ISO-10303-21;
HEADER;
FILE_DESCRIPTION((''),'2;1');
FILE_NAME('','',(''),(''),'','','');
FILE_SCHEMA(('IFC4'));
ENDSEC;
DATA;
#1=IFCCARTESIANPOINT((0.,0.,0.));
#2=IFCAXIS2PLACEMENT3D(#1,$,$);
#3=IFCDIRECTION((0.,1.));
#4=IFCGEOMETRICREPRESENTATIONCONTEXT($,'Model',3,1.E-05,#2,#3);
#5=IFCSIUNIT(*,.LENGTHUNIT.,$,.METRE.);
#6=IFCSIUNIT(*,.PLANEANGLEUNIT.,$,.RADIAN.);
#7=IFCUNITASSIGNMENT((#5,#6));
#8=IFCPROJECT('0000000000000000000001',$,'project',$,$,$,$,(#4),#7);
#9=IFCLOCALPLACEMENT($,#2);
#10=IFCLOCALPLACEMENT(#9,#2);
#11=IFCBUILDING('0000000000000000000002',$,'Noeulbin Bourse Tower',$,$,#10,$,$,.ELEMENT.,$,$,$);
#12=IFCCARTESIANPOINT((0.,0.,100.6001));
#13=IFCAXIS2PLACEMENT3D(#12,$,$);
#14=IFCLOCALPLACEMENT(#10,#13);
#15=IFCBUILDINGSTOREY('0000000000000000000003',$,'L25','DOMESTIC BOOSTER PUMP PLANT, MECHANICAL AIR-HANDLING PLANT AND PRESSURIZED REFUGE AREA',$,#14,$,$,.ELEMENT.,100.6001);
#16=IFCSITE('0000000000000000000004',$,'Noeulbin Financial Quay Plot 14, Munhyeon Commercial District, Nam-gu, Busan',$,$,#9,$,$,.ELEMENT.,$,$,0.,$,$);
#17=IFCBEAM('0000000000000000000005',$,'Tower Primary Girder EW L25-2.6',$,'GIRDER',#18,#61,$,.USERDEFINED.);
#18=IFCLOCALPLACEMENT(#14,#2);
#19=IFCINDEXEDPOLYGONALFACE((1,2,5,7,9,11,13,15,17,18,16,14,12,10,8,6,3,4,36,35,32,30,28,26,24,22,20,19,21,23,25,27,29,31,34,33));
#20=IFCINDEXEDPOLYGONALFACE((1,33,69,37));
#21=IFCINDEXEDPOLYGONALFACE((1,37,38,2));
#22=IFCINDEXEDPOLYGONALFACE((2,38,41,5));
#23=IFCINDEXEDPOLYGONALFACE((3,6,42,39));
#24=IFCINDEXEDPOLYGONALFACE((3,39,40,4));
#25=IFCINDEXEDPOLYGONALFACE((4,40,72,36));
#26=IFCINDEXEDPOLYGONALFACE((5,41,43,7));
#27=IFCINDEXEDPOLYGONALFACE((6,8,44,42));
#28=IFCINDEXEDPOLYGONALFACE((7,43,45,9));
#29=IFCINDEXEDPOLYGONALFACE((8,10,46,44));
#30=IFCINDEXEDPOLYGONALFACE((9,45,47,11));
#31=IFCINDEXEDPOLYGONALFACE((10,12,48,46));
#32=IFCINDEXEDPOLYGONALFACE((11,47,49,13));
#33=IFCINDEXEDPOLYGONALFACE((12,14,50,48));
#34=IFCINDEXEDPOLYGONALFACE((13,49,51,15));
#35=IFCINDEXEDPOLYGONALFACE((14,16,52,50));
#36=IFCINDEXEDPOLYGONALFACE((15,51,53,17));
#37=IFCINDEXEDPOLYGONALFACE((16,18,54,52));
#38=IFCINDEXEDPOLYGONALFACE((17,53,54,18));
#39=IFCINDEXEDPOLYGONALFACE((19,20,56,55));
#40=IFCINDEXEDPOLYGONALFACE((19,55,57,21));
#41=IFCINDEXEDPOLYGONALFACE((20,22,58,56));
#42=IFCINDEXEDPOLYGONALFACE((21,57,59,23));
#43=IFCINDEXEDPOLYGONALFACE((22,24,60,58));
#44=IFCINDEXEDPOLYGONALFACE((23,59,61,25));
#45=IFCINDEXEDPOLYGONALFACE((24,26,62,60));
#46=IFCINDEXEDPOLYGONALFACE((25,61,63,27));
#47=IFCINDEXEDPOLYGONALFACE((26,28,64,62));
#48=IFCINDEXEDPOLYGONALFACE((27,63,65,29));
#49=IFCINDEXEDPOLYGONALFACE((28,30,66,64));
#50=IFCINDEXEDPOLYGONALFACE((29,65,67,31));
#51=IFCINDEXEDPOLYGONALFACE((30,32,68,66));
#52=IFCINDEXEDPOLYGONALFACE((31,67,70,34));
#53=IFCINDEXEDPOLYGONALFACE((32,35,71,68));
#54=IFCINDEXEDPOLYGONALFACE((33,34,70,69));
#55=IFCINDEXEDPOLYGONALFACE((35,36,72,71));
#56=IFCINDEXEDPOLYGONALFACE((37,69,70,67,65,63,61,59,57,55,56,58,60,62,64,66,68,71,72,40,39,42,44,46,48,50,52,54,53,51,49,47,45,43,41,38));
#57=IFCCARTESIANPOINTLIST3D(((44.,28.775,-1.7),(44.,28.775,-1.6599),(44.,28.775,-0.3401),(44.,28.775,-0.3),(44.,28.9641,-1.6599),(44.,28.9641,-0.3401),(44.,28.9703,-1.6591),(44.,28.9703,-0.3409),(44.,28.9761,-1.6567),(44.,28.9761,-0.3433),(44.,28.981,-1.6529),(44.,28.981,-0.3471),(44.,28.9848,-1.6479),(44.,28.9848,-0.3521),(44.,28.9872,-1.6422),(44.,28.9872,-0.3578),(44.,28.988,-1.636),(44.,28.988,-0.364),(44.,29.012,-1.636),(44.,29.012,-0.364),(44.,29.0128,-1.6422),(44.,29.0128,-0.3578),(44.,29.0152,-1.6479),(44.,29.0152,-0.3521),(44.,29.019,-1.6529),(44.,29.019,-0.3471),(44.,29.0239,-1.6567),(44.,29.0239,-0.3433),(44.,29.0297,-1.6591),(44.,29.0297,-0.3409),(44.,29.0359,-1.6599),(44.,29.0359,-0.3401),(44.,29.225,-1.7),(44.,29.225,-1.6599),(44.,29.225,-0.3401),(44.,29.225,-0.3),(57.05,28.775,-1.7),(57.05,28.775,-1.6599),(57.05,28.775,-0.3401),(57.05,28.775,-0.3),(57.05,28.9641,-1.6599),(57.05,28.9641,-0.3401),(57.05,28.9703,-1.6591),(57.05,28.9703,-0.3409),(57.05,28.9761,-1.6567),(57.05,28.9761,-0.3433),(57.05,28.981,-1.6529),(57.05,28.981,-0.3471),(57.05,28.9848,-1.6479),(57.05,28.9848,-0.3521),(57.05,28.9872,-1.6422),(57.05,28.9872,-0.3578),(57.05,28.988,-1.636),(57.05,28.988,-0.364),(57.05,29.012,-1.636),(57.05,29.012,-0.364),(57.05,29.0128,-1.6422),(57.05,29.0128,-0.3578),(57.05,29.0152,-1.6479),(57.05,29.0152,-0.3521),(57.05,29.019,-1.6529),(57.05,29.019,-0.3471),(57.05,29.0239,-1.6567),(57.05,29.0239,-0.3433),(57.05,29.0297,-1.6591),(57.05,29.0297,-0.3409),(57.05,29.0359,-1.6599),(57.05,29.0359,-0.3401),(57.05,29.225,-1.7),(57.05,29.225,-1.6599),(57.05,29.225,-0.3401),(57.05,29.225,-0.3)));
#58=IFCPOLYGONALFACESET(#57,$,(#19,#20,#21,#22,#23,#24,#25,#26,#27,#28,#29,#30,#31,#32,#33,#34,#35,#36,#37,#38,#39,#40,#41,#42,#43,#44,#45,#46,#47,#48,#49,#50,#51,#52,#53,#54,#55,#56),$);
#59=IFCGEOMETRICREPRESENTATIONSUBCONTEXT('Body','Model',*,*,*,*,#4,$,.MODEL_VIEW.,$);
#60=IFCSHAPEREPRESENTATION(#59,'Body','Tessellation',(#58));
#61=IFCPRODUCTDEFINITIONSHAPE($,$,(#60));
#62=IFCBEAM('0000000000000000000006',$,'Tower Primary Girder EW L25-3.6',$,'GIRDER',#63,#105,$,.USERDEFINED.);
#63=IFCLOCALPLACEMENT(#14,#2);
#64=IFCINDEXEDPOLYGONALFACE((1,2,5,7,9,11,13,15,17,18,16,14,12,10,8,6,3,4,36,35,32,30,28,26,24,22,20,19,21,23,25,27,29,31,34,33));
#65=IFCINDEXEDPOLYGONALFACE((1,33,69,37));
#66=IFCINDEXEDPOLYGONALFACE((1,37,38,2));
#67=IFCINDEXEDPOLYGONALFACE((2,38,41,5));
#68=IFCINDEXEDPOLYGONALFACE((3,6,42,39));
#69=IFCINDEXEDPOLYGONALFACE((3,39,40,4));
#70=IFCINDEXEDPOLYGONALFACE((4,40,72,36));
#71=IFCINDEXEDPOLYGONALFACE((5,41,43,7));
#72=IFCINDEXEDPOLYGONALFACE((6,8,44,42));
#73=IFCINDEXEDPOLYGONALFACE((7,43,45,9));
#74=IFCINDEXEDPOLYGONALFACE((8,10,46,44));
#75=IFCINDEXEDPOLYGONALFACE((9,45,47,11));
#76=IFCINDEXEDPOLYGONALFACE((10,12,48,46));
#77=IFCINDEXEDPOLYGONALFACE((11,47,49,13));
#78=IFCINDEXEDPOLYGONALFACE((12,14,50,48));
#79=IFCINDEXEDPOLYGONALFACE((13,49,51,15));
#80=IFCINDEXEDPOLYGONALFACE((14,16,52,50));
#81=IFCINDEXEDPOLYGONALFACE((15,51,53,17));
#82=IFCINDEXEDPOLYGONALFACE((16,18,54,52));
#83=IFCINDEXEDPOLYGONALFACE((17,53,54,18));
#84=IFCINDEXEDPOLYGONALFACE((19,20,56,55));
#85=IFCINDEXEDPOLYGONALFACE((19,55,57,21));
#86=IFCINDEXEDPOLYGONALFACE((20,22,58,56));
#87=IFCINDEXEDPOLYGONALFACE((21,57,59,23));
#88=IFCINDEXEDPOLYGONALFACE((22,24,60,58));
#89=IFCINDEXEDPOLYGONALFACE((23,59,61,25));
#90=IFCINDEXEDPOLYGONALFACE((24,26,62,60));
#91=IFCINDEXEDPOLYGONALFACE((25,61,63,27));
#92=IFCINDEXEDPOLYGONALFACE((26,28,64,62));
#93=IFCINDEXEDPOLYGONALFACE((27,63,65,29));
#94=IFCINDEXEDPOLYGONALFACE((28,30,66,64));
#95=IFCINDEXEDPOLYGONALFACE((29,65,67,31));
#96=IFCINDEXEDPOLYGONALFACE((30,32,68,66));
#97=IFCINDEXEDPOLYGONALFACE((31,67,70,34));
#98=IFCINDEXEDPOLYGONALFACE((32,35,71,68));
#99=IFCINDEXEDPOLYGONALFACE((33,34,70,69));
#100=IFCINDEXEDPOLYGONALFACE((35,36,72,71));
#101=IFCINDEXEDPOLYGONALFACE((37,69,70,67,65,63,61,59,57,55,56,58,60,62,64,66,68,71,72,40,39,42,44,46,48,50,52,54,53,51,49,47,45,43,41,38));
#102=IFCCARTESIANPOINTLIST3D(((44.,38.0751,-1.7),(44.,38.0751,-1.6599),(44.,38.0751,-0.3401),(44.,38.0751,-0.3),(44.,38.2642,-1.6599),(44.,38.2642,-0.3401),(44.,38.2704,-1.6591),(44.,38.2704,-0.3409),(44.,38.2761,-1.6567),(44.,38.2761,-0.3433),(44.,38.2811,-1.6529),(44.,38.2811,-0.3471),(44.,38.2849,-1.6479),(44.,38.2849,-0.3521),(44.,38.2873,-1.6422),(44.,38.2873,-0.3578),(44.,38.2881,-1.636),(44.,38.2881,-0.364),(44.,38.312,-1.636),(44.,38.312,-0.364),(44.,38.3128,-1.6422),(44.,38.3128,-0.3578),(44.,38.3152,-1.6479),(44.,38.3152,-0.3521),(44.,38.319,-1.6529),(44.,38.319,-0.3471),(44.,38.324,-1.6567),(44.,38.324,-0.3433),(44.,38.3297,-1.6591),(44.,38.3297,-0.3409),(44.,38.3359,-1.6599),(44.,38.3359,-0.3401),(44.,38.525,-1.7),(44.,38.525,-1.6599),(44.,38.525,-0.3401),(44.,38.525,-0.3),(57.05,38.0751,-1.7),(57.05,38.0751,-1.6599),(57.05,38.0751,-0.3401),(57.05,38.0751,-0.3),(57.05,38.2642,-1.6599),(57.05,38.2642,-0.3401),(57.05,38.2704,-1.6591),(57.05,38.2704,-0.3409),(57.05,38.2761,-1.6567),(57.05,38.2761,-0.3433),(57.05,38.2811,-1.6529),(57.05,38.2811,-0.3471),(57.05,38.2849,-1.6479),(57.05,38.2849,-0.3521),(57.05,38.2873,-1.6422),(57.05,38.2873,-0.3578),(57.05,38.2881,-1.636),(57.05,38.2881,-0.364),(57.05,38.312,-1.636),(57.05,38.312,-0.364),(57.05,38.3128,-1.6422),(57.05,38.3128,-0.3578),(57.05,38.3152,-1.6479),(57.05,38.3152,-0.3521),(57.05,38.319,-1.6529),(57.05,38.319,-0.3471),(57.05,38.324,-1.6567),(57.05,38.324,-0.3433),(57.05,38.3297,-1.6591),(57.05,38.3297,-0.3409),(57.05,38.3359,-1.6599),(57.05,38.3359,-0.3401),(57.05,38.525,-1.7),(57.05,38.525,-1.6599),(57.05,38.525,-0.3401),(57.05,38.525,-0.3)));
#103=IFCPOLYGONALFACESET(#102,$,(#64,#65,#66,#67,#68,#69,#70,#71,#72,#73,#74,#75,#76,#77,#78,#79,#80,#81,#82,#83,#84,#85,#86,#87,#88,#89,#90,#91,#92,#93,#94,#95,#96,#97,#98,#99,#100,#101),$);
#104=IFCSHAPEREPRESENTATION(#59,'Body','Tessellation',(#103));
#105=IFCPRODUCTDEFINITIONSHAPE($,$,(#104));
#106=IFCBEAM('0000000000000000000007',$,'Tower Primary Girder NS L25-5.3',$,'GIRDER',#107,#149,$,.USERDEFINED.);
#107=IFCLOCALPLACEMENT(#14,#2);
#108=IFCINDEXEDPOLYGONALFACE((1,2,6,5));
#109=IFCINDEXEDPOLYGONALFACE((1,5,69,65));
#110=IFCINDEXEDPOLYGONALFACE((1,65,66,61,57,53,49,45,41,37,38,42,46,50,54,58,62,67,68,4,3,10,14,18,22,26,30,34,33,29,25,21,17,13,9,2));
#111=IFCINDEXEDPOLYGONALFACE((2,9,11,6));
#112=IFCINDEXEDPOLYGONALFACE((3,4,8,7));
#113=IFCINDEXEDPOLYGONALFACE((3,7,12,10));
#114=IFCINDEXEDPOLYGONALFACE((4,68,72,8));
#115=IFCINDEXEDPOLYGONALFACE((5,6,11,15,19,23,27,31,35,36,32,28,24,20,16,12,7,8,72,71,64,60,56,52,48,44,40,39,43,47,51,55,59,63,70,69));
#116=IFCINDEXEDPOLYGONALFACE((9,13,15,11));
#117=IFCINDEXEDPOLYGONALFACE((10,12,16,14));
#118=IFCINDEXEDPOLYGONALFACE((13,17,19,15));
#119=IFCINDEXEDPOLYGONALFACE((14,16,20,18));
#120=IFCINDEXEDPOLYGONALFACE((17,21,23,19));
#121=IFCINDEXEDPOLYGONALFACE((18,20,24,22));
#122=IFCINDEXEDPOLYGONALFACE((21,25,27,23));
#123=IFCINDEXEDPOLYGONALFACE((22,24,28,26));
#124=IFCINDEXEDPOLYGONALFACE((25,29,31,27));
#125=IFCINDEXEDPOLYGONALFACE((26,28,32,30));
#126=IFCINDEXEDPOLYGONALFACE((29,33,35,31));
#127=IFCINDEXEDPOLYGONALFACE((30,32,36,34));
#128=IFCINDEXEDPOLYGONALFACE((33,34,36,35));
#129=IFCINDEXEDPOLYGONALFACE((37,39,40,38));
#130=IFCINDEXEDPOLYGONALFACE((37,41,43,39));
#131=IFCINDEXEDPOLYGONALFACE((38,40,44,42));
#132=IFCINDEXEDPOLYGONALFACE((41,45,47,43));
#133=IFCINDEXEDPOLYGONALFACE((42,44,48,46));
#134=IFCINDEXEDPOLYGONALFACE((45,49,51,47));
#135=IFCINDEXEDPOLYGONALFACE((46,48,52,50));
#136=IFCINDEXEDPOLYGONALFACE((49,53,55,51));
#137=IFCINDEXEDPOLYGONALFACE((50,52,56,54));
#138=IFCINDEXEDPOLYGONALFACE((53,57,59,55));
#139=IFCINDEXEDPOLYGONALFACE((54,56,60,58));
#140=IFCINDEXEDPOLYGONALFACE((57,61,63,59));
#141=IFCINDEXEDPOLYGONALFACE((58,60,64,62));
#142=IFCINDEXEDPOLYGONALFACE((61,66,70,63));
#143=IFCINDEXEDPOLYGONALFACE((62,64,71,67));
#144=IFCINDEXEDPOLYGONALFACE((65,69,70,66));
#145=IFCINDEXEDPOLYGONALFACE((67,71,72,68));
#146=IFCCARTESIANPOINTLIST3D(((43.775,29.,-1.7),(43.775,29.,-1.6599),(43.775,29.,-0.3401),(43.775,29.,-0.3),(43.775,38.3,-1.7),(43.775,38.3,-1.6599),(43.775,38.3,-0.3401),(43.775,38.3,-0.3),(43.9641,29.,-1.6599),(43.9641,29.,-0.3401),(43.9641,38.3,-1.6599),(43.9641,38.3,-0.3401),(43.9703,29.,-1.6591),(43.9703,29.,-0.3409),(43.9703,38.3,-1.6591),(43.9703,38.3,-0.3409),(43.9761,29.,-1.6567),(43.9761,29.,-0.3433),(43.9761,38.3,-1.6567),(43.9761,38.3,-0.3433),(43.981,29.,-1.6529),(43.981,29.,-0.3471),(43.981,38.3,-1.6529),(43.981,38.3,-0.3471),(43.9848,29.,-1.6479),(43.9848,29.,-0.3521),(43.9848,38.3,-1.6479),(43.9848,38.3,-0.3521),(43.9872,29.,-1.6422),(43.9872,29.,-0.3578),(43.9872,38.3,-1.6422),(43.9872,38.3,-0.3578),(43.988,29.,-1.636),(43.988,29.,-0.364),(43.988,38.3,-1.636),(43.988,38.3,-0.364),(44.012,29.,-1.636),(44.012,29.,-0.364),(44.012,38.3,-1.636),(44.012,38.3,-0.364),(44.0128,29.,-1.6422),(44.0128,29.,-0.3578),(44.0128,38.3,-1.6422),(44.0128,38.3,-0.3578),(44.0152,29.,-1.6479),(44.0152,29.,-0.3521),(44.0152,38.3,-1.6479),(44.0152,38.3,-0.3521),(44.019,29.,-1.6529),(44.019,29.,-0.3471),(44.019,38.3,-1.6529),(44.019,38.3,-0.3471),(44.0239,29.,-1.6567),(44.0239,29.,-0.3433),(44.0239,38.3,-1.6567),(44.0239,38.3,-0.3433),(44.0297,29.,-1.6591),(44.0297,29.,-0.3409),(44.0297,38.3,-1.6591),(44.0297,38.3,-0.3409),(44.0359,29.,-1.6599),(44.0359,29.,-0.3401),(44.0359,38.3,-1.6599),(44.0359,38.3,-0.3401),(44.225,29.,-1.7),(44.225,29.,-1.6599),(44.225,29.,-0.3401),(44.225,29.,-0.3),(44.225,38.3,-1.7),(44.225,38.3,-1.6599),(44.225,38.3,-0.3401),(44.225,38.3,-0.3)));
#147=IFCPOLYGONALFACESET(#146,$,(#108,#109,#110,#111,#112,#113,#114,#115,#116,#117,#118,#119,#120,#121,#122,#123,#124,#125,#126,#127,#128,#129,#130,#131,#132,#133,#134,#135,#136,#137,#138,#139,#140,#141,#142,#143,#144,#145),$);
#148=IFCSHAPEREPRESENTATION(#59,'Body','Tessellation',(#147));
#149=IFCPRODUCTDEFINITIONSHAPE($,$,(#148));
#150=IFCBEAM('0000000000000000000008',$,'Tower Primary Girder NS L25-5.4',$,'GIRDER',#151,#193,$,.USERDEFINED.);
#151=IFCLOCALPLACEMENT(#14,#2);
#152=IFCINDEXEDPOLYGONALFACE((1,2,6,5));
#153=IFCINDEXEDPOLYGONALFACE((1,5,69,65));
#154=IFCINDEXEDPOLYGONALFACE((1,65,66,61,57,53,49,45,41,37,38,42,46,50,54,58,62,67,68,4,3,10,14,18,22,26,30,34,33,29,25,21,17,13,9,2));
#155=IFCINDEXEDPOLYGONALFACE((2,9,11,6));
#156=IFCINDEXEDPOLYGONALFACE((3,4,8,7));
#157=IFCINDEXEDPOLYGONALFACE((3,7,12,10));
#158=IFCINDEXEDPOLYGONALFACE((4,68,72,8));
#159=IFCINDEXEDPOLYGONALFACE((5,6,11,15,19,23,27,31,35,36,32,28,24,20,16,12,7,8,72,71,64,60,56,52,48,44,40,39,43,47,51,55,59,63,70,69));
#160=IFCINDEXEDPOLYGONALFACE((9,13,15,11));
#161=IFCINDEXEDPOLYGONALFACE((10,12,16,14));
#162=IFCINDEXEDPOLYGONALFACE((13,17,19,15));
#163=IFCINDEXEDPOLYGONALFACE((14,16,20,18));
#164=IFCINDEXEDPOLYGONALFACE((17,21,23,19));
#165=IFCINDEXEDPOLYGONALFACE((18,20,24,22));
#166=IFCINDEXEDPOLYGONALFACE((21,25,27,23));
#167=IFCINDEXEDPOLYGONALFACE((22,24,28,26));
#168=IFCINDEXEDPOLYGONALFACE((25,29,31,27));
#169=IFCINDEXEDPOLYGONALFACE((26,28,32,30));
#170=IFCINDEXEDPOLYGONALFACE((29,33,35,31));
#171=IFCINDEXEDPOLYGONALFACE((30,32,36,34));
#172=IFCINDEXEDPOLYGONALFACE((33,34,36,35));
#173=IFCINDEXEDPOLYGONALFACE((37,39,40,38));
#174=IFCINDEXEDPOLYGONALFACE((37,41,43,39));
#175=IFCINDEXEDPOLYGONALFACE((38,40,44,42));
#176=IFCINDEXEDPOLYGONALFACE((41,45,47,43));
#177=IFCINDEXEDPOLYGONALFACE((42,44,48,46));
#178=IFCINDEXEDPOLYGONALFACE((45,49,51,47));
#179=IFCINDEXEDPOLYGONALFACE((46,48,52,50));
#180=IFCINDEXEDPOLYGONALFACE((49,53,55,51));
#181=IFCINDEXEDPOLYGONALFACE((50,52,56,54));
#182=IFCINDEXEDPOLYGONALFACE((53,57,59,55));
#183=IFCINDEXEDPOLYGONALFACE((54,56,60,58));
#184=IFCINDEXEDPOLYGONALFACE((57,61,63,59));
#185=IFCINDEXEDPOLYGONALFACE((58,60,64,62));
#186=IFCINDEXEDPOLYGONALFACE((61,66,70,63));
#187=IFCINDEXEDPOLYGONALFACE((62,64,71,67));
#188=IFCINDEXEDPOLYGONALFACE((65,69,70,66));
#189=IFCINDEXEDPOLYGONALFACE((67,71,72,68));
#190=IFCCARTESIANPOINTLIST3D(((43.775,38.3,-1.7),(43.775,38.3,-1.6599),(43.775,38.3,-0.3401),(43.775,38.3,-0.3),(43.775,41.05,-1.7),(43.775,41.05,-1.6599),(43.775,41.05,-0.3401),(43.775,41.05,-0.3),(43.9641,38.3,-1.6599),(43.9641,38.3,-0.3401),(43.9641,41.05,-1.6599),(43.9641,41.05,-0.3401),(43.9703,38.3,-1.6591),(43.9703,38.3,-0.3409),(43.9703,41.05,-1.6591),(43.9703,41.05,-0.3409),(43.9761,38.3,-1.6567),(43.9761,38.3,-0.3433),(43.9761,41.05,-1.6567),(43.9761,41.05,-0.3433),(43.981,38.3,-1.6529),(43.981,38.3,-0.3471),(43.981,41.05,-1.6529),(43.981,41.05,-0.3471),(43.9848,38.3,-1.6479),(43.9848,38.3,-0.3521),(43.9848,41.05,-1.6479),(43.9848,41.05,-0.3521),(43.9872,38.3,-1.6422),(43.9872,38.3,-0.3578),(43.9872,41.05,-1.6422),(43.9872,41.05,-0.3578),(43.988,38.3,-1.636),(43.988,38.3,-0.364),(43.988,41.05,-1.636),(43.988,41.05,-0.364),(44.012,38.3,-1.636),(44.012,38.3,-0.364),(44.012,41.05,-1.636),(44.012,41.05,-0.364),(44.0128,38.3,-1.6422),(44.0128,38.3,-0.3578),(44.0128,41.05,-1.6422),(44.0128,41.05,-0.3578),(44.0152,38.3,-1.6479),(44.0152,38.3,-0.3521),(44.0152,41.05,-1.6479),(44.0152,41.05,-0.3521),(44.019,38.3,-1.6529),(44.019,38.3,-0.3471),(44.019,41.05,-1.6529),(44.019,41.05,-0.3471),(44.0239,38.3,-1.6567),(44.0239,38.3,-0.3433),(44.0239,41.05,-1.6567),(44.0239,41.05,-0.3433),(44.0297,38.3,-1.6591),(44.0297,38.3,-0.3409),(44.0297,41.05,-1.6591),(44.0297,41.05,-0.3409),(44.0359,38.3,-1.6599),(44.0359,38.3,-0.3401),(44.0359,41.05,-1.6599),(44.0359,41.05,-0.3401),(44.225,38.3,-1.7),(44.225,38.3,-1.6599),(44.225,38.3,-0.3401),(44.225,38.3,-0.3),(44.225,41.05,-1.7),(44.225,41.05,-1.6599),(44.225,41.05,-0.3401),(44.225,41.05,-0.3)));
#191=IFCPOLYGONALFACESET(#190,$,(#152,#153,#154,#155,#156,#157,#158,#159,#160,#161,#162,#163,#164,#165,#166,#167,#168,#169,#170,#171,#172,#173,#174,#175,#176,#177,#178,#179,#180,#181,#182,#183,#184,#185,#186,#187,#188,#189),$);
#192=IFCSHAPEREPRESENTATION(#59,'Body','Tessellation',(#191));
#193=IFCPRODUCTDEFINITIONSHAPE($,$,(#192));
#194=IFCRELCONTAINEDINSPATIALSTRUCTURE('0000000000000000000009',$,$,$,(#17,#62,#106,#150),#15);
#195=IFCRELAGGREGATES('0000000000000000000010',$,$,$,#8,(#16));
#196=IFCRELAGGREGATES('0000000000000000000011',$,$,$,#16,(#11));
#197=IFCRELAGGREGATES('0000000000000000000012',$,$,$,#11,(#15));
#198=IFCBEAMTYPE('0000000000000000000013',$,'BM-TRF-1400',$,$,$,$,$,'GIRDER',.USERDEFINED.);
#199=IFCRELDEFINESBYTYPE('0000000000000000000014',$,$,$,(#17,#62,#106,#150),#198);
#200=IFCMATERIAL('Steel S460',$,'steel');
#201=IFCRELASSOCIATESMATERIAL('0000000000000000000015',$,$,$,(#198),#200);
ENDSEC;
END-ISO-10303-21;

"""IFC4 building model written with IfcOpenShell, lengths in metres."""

from ifc_helpers import new_model, si_unit, direction, frame, origin, origin_2d, place, context, subcontext, project, spatial, i_section, extrude, material, material_profile, profile_set, type_object, element, save


model = new_model("IFC4")

# Units and contexts
model_context = context("Model", 3, precision=1e-05, world=origin(), true_north=direction((0.0, 1.0)))
body_context = subcontext(model_context, "Body", "Model", "MODEL_VIEW")
ifc_project = project(units=[si_unit("LENGTHUNIT", "METRE"), si_unit("PLANEANGLEUNIT", "RADIAN")], contexts=[model_context])

# Site, building, storey
site_placement = place(None, origin())
site = spatial("IfcSite", under=ifc_project, at=site_placement, Name="Noeulbin Financial Quay Plot 14, Munhyeon Commercial District, Nam-gu, Busan", CompositionType="ELEMENT", RefElevation=0.0)
building_placement = place(site_placement, origin())
building = spatial("IfcBuilding", under=site, at=building_placement, Name="Noeulbin Bourse Tower", CompositionType="ELEMENT")
storey_placement = place(building_placement, frame((0.0, 0.0, 100.6001)))
storey = spatial("IfcBuildingStorey", under=building, at=storey_placement, Name="L25", Description="DOMESTIC BOOSTER PUMP PLANT, MECHANICAL AIR-HANDLING PLANT AND PRESSURIZED REFUGE AREA", CompositionType="ELEMENT", Elevation=100.6001)

# Shared definitions
ifc_material_1 = material(Name="Steel S460", Category="steel")

# Beams
ifc_material_profile_1 = material_profile(ifc_material_1, i_section(OverallWidth=0.45, OverallDepth=1.3999, WebThickness=0.0239, FlangeThickness=0.04, FilletRadius=0.0239, at=origin_2d()), Name="PG-1400x450x24x40", Category="LoadBearing")
ifc_profile_set_1 = profile_set([ifc_material_profile_1], Name="Steel S460")
beam_type_1 = type_object("IfcBeamType", Name="BM-TRF-1400", ElementType="GIRDER", PredefinedType="USERDEFINED", material=ifc_profile_set_1)
for number, where, z_axis, x_axis, name in (
    (1, (44.0, 29.0, -1.0), (1.0, 0.0, 0.0), (0.0, 1.0, 0.0), "Tower Primary Girder EW L25-2.6"),
    (2, (44.0, 38.3, -1.0), (1.0, 0.0, 0.0), (0.0, 1.0, 0.0), "Tower Primary Girder EW L25-3.6"),
):
    element("IfcBeam", number, at=place(storey_placement, frame(where, z_axis=z_axis, x_axis=x_axis)), inside=storey, type_object=beam_type_1, Name=name, ObjectType="GIRDER", PredefinedType="USERDEFINED", context=body_context, shape_type="SweptSolid", body=[
        extrude(i_section(OverallWidth=0.45, OverallDepth=1.3999, WebThickness=0.0239, FlangeThickness=0.04, FilletRadius=0.0239, at=origin_2d()), origin(), (0.0, 0.0, 1.0), 13.05),
    ])
beam_1_placement = place(storey_placement, frame((44.0, 29.0, -1.0), z_axis=(0.0, 1.0, 0.0), x_axis=(-1.0, 0.0, 0.0)))
element("IfcBeam", 3, at=beam_1_placement, inside=storey, type_object=beam_type_1, Name="Tower Primary Girder NS L25-5.3", ObjectType="GIRDER", PredefinedType="USERDEFINED", context=body_context, shape_type="SweptSolid", body=[
    extrude(i_section(OverallWidth=0.45, OverallDepth=1.3999, WebThickness=0.0239, FlangeThickness=0.04, FilletRadius=0.0239, at=origin_2d()), origin(), (0.0, 0.0, 1.0), 9.3),
])
beam_2_placement = place(storey_placement, frame((44.0, 38.3, -1.0), z_axis=(0.0, 1.0, 0.0), x_axis=(-1.0, 0.0, 0.0)))
element("IfcBeam", 4, at=beam_2_placement, inside=storey, type_object=beam_type_1, Name="Tower Primary Girder NS L25-5.4", ObjectType="GIRDER", PredefinedType="USERDEFINED", context=body_context, shape_type="SweptSolid", body=[
    extrude(i_section(OverallWidth=0.45, OverallDepth=1.3999, WebThickness=0.0239, FlangeThickness=0.04, FilletRadius=0.0239, at=origin_2d()), origin(), (0.0, 0.0, 1.0), 2.75),
])

save(model, "model.ifc")
